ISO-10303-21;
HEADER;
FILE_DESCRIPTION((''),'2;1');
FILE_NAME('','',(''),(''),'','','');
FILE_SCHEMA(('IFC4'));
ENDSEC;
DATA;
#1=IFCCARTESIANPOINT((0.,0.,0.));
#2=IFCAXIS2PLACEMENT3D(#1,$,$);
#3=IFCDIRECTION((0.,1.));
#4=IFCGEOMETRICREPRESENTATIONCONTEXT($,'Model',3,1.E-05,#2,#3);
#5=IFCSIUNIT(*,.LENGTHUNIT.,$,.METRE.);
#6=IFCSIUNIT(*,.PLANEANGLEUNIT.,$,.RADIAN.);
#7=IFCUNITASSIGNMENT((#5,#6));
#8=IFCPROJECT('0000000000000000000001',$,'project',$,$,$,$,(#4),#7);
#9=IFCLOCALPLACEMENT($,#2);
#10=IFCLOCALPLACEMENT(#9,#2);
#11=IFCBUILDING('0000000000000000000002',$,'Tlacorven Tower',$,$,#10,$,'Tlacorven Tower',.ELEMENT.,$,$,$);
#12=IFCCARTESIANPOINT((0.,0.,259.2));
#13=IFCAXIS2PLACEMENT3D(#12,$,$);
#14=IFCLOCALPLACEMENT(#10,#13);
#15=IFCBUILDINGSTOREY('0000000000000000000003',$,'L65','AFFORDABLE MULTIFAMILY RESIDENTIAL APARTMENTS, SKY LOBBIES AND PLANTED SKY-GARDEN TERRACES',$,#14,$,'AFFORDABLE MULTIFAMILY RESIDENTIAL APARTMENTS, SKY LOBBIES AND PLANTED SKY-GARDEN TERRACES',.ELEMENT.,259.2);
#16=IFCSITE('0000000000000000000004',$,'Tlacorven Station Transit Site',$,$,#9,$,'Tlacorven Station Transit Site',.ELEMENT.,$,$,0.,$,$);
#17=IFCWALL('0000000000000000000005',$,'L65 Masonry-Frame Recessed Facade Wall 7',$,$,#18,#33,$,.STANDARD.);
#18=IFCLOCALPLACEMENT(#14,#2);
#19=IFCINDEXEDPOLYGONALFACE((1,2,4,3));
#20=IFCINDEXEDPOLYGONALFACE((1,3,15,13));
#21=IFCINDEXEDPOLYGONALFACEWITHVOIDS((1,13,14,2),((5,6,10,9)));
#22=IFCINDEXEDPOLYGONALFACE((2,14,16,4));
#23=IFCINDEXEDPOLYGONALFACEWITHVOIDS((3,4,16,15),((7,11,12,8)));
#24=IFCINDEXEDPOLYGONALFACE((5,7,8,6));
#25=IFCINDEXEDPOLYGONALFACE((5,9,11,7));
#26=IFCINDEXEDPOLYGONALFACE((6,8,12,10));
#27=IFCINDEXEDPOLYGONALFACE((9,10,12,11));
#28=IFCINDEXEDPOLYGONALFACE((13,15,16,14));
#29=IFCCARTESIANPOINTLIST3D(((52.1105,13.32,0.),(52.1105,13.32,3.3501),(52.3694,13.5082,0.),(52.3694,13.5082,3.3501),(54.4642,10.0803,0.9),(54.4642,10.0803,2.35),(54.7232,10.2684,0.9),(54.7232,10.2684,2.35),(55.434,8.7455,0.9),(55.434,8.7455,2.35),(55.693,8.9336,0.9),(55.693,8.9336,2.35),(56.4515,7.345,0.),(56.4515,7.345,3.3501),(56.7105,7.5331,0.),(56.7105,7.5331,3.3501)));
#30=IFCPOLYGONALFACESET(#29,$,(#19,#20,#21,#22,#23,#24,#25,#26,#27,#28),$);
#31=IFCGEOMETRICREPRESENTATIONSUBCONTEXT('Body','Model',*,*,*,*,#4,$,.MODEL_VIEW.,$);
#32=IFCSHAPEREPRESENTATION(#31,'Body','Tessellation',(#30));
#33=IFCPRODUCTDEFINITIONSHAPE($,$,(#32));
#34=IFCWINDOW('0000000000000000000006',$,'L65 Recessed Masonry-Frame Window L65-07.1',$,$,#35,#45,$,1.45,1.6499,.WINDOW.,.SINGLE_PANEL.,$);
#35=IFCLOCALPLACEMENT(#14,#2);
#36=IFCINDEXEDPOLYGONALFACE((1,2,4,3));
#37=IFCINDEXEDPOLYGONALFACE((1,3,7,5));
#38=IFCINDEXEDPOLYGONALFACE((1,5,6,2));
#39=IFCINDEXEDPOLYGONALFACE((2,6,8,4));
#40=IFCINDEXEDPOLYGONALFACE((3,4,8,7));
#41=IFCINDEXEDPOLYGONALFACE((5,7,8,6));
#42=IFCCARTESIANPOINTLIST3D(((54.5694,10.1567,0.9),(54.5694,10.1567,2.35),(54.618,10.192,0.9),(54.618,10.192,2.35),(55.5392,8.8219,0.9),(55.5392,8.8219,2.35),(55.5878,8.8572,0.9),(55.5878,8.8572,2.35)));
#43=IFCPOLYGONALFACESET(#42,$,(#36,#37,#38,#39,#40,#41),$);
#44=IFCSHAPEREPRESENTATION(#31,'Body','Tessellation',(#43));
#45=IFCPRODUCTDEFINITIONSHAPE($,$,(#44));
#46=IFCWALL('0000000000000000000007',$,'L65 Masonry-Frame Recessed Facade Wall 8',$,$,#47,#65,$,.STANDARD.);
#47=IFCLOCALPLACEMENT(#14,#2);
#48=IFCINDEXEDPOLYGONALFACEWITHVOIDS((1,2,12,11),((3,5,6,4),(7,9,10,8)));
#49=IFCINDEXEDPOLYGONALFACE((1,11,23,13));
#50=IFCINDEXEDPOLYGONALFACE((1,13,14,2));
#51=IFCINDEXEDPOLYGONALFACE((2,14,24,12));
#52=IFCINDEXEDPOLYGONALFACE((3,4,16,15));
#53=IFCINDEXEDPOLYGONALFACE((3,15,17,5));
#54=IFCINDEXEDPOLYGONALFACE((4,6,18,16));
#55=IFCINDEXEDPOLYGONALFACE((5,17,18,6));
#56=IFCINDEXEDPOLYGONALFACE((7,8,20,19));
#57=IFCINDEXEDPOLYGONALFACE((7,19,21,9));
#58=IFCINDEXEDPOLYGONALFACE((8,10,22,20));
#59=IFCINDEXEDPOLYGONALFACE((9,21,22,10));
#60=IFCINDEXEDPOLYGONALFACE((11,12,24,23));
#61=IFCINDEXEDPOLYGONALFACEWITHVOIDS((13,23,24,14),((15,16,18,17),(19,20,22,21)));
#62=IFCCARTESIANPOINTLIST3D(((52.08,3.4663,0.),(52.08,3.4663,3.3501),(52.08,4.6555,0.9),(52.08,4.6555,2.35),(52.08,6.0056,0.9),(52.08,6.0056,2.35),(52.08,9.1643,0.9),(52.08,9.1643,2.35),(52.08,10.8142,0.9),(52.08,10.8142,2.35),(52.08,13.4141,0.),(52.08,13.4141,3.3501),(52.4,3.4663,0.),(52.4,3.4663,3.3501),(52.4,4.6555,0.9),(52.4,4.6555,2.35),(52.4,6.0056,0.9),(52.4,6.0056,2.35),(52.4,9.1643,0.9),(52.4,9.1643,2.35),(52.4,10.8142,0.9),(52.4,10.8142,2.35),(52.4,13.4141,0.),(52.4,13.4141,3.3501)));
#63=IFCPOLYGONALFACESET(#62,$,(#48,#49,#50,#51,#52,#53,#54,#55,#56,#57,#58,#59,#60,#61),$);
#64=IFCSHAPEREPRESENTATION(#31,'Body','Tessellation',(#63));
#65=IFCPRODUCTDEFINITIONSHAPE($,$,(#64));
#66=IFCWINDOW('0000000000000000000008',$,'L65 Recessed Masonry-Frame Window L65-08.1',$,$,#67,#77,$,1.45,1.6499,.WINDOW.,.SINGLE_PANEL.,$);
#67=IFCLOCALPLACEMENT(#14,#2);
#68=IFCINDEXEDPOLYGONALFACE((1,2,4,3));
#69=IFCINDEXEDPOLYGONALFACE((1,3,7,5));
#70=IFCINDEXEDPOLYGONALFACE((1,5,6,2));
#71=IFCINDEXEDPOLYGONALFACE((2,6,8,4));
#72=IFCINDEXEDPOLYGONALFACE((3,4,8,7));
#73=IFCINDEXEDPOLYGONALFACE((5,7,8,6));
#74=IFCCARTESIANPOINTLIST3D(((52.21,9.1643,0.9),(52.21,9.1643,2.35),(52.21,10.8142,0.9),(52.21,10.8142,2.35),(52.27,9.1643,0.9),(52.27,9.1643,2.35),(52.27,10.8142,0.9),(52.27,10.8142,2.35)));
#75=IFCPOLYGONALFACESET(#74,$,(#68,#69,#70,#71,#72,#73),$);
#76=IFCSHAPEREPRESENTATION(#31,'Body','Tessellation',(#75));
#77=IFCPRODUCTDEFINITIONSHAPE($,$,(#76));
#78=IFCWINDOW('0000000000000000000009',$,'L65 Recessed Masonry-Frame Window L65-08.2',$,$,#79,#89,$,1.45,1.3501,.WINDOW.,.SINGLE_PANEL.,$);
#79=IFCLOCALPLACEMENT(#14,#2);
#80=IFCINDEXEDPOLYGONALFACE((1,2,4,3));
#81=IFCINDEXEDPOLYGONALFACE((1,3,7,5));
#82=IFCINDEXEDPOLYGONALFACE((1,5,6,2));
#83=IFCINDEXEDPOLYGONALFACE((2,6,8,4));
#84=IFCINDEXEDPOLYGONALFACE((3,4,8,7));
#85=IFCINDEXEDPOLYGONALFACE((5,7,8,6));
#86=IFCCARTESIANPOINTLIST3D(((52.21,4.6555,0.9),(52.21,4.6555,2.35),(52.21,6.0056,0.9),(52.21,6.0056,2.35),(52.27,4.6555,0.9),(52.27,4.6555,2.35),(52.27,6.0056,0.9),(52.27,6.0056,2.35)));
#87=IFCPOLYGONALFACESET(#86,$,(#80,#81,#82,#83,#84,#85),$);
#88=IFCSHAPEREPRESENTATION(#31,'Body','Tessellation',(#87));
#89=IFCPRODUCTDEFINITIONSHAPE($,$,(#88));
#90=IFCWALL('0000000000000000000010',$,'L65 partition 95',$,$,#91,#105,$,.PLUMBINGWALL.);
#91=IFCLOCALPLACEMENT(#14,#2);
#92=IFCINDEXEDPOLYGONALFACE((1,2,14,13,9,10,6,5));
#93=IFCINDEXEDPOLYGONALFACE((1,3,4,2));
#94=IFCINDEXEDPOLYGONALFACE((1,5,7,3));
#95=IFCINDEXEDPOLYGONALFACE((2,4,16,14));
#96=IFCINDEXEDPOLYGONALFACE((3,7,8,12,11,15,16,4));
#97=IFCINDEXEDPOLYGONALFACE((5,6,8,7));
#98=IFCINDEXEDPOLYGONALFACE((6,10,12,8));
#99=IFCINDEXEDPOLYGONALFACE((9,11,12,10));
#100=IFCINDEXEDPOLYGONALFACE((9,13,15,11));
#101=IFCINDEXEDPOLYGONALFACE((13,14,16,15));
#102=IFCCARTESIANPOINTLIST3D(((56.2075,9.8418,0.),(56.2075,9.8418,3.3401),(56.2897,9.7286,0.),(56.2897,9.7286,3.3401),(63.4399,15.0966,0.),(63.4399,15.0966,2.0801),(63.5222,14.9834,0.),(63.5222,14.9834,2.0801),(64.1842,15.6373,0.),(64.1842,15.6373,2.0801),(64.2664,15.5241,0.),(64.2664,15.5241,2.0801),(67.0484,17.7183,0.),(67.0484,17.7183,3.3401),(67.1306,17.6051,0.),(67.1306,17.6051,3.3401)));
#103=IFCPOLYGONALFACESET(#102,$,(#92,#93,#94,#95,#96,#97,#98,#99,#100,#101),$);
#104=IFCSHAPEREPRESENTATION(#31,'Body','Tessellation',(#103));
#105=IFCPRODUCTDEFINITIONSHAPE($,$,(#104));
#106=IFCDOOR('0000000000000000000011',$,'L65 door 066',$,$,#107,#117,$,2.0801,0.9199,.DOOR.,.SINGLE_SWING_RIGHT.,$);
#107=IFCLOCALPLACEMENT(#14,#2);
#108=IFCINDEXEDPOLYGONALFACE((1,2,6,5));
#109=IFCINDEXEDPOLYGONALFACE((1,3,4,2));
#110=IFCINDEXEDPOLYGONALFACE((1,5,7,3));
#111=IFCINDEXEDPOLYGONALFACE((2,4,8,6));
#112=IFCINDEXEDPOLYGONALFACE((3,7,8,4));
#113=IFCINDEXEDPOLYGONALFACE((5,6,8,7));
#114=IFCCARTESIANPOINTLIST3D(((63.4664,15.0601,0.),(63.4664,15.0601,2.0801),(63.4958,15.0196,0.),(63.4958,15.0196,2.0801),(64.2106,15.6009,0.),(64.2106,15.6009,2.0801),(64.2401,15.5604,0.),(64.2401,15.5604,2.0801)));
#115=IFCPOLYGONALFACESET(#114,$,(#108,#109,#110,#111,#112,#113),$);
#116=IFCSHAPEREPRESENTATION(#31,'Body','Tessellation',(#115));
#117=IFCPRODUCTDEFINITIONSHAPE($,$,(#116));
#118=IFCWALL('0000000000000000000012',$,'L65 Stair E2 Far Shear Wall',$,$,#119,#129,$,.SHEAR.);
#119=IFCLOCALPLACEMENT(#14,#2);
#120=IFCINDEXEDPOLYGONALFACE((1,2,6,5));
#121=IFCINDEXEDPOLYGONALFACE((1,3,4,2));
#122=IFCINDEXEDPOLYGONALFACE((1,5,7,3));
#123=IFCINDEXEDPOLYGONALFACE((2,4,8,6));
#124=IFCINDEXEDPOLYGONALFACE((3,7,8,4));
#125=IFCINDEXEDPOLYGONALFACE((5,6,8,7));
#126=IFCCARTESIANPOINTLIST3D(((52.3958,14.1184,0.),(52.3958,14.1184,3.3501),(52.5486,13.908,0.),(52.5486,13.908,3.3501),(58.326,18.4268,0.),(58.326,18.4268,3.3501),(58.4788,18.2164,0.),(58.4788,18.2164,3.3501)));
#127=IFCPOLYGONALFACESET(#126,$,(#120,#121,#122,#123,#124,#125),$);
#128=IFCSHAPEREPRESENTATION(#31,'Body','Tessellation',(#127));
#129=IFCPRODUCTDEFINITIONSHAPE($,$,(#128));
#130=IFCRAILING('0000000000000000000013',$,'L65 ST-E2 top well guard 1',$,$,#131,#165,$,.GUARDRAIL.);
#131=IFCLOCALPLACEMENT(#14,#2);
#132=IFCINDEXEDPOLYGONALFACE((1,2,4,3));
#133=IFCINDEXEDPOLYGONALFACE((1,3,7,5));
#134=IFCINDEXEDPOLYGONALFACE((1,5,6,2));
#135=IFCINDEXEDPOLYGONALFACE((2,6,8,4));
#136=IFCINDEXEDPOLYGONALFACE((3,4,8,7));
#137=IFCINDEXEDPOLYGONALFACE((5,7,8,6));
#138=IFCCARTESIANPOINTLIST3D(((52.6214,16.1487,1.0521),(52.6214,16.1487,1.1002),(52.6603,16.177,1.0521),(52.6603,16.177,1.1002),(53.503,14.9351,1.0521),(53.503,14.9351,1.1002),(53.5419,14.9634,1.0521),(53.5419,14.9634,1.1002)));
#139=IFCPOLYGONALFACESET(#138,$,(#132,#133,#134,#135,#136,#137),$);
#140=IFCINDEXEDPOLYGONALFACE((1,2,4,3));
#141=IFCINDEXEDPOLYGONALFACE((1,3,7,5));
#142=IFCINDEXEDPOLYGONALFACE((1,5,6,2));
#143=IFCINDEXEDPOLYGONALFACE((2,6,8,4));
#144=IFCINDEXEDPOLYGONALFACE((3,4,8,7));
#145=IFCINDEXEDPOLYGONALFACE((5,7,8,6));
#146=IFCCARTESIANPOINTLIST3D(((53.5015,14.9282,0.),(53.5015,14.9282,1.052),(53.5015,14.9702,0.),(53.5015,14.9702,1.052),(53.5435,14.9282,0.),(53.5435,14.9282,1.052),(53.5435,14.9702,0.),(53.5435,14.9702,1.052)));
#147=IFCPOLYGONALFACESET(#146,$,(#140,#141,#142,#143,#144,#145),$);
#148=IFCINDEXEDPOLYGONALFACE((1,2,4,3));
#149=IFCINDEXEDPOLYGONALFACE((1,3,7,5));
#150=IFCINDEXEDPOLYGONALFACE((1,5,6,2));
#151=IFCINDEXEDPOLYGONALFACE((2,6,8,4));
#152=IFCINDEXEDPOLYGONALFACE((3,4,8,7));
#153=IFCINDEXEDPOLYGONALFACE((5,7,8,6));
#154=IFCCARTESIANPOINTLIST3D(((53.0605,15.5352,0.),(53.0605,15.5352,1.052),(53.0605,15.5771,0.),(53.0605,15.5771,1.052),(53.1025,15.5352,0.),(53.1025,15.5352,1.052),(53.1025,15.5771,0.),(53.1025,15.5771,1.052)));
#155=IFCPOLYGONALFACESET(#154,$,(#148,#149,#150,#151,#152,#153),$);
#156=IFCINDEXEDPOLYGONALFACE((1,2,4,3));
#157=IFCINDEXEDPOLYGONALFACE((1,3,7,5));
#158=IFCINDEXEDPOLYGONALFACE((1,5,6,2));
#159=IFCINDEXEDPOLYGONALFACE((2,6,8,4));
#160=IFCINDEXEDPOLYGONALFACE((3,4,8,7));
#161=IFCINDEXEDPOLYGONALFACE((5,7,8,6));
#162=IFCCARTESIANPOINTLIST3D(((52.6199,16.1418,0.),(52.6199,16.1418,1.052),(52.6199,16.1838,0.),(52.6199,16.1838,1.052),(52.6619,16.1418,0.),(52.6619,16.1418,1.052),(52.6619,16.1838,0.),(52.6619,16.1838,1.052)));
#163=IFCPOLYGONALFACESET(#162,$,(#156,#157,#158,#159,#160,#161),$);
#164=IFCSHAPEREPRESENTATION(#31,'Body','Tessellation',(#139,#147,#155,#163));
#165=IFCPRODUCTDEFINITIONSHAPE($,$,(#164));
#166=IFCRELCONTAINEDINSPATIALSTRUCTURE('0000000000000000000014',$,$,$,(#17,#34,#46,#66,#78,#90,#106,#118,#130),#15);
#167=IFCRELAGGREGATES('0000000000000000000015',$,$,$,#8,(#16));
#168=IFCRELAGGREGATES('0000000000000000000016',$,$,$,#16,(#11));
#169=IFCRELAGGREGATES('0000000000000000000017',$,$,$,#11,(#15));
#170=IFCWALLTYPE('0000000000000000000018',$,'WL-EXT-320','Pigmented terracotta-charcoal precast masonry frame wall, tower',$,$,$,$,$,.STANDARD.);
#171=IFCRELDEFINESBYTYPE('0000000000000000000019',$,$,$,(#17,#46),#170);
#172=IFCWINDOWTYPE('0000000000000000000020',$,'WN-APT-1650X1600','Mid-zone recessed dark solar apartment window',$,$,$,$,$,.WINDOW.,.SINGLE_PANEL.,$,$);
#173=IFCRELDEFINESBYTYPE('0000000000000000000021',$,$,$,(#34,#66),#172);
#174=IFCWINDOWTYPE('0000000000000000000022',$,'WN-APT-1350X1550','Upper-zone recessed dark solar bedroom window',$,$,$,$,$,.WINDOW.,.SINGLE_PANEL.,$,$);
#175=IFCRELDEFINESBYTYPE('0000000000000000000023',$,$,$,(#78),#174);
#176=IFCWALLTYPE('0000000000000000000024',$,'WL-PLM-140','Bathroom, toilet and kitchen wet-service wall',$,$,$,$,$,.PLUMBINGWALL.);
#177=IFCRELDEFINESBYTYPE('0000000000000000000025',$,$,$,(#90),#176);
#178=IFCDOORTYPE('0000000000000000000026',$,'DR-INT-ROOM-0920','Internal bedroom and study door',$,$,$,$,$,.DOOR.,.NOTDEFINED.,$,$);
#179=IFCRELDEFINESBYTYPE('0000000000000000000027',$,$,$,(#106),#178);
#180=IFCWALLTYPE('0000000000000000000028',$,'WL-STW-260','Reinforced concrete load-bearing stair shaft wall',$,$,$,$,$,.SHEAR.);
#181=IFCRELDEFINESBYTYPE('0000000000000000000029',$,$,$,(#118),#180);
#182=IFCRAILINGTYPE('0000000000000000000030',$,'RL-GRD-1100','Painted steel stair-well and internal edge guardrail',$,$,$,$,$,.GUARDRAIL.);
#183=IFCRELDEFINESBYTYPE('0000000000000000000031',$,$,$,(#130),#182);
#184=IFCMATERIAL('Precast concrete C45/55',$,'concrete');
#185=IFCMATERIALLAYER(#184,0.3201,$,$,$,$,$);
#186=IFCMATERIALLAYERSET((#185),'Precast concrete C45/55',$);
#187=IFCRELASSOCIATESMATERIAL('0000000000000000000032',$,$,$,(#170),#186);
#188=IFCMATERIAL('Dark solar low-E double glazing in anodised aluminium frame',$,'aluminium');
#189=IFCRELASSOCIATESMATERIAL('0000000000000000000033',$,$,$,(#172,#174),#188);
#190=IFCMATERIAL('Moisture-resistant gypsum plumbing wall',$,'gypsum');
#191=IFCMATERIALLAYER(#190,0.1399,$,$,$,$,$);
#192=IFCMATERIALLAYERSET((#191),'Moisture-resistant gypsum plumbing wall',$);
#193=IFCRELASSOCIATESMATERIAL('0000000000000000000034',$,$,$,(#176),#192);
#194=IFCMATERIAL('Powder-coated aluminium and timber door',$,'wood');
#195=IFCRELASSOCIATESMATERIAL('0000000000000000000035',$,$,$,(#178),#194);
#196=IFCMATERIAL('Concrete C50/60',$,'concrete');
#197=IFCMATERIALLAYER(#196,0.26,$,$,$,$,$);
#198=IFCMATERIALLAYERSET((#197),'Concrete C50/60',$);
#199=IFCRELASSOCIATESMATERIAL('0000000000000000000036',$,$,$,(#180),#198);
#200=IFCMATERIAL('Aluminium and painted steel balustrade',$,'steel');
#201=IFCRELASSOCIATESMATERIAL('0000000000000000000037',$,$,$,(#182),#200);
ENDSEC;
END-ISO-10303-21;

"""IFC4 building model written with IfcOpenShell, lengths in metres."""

from ifc_helpers import new_model, si_unit, direction, frame, frame_2d, origin, origin_2d, place, context, subcontext, project, spatial, rectangle, extrude, source, transform, mapped, material, layer, layer_set, type_object, element, fill, save


model = new_model("IFC4")

# Units and contexts
model_context = context("Model", 3, precision=1e-05, world=origin(), true_north=direction((0.0, 1.0)))
body_context = subcontext(model_context, "Body", "Model", "MODEL_VIEW")
ifc_project = project(units=[si_unit("LENGTHUNIT", "METRE"), si_unit("PLANEANGLEUNIT", "RADIAN")], contexts=[model_context])

# Site, building, storey
site_placement = place(None, origin())
site = spatial("IfcSite", under=ifc_project, at=site_placement, Name="Tlacorven Station Transit Site", LongName="Tlacorven Station Transit Site", CompositionType="ELEMENT", RefElevation=0.0)
building_placement = place(site_placement, origin())
building = spatial("IfcBuilding", under=site, at=building_placement, Name="Tlacorven Tower", LongName="Tlacorven Tower", CompositionType="ELEMENT")
storey_placement = place(building_placement, frame((0.0, 0.0, 259.2)))
storey = spatial("IfcBuildingStorey", under=building, at=storey_placement, Name="L65", Description="AFFORDABLE MULTIFAMILY RESIDENTIAL APARTMENTS, SKY LOBBIES AND PLANTED SKY-GARDEN TERRACES", LongName="AFFORDABLE MULTIFAMILY RESIDENTIAL APARTMENTS, SKY LOBBIES AND PLANTED SKY-GARDEN TERRACES", CompositionType="ELEMENT", Elevation=259.2)

# Shared definitions
ifc_material_1 = material(Name="Concrete C50/60", Category="concrete")

# Wall, opening, window
ifc_material_2 = material(Name="Precast concrete C45/55", Category="concrete")
ifc_layer_1 = layer(ifc_material_2, 0.3201)
ifc_layer_set_1 = layer_set([ifc_layer_1], Name="Precast concrete C45/55")
wall_type_1 = type_object("IfcWallType", Name="WL-EXT-320", Description="Pigmented terracotta-charcoal precast masonry frame wall, tower", PredefinedType="STANDARD", material=ifc_layer_set_1)
wall_1_placement = place(storey_placement, frame((56.5811, 7.439, 0.0), z_axis=(0.0, 0.0, 1.0), x_axis=(-0.587777, 0.809023, 0.0)))
wall_1 = element("IfcWall", 1, at=wall_1_placement, inside=storey, type_object=wall_type_1, Name="L65 Masonry-Frame Recessed Facade Wall 7", PredefinedType="STANDARD", context=body_context, shape_type="SweptSolid", body=[
    extrude(rectangle(XDim=7.3855, YDim=0.3201, at=frame_2d((3.6929, 0.0))), origin(), (0.0, 0.0, 1.0), 3.3501),
])
opening_1_placement = place(wall_1_placement, frame((1.7312, 0.0, 0.8999)))
opening_1 = element("IfcOpeningElement", 2, at=opening_1_placement, cuts=wall_1, PredefinedType="OPENING", context=body_context, shape_type="SweptSolid", body=[
    extrude(rectangle(XDim=1.6499, YDim=1.45, at=frame_2d((0.825, 0.7251))), frame((0.0, 0.1699, 0.0), z_axis=(0.0, -1.0, 0.0), x_axis=(1.0, 0.0, 0.0)), (0.0, 0.0, 1.0), 0.3401),
])
ifc_material_3 = material(Name="Dark solar low-E double glazing in anodised aluminium frame", Category="aluminium")
window_type_1 = type_object("IfcWindowType", Name="WN-APT-1650X1600", Description="Mid-zone recessed dark solar apartment window", PartitioningType="SINGLE_PANEL", PredefinedType="WINDOW", material=ifc_material_3)
shared_shape_1 = source(origin(), body_context, "Body", "SweptSolid", [
    extrude(rectangle(XDim=1.6499, YDim=1.45, at=frame_2d((0.825, 0.7251))), frame((0.0, 0.03, 0.0), z_axis=(0.0, -1.0, 0.0), x_axis=(1.0, 0.0, 0.0)), (0.0, 0.0, 1.0), 0.0601),
])
window_1_placement = place(opening_1_placement, origin())
window_1 = element("IfcWindow", 3, at=window_1_placement, inside=storey, type_object=window_type_1, Name="L65 Recessed Masonry-Frame Window L65-07.1", OverallHeight=1.45, OverallWidth=1.6499, PartitioningType="SINGLE_PANEL", PredefinedType="WINDOW", context=body_context, shape_type="MappedRepresentation", body=[
    mapped(shared_shape_1, transform((0.0, 0.0, 0.0), scale=1.0)),
])
fill(opening_1, window_1)

# Wall, openings, windows
wall_2_placement = place(storey_placement, frame((52.24, 13.4141, 0.0), z_axis=(0.0, 0.0, 1.0), x_axis=(0.0, -1.0, 0.0)))
wall_2 = element("IfcWall", 4, at=wall_2_placement, inside=storey, type_object=wall_type_1, Name="L65 Masonry-Frame Recessed Facade Wall 8", PredefinedType="STANDARD", context=body_context, shape_type="SweptSolid", body=[
    extrude(rectangle(XDim=9.9478, YDim=0.3201, at=frame_2d((4.9739, 0.0))), origin(), (0.0, 0.0, 1.0), 3.3501),
])
opening_2_placement = place(wall_2_placement, frame((2.5999, 0.0, 0.8999)))
opening_2 = element("IfcOpeningElement", 5, at=opening_2_placement, cuts=wall_2, PredefinedType="OPENING", context=body_context, shape_type="SweptSolid", body=[
    extrude(rectangle(XDim=1.6499, YDim=1.45, at=frame_2d((0.825, 0.7251))), frame((0.0, 0.1699, 0.0), z_axis=(0.0, -1.0, 0.0), x_axis=(1.0, 0.0, 0.0)), (0.0, 0.0, 1.0), 0.3401),
])
opening_3_placement = place(wall_2_placement, frame((7.4084, 0.0, 0.8999)))
opening_3 = element("IfcOpeningElement", 6, at=opening_3_placement, cuts=wall_2, PredefinedType="OPENING", context=body_context, shape_type="SweptSolid", body=[
    extrude(rectangle(XDim=1.3501, YDim=1.45, at=frame_2d((0.675, 0.7251))), frame((0.0, 0.1699, 0.0), z_axis=(0.0, -1.0, 0.0), x_axis=(1.0, 0.0, 0.0)), (0.0, 0.0, 1.0), 0.3401),
])
window_2_placement = place(opening_2_placement, origin())
window_2 = element("IfcWindow", 7, at=window_2_placement, inside=storey, type_object=window_type_1, Name="L65 Recessed Masonry-Frame Window L65-08.1", OverallHeight=1.45, OverallWidth=1.6499, PartitioningType="SINGLE_PANEL", PredefinedType="WINDOW", context=body_context, shape_type="MappedRepresentation", body=[
    mapped(shared_shape_1, transform((0.0, 0.0, 0.0), scale=1.0)),
])
fill(opening_2, window_2)
window_type_2 = type_object("IfcWindowType", Name="WN-APT-1350X1550", Description="Upper-zone recessed dark solar bedroom window", PartitioningType="SINGLE_PANEL", PredefinedType="WINDOW", material=ifc_material_3)
shared_shape_2 = source(origin(), body_context, "Body", "SweptSolid", [
    extrude(rectangle(XDim=1.3501, YDim=1.45, at=frame_2d((0.675, 0.7251))), frame((0.0, 0.03, 0.0), z_axis=(0.0, -1.0, 0.0), x_axis=(1.0, 0.0, 0.0)), (0.0, 0.0, 1.0), 0.0601),
])
window_3_placement = place(opening_3_placement, origin())
window_3 = element("IfcWindow", 8, at=window_3_placement, inside=storey, type_object=window_type_2, Name="L65 Recessed Masonry-Frame Window L65-08.2", OverallHeight=1.45, OverallWidth=1.3501, PartitioningType="SINGLE_PANEL", PredefinedType="WINDOW", context=body_context, shape_type="MappedRepresentation", body=[
    mapped(shared_shape_2, transform((0.0, 0.0, 0.0), scale=1.0)),
])
fill(opening_3, window_3)

# Wall, opening, door
ifc_material_4 = material(Name="Moisture-resistant gypsum plumbing wall", Category="gypsum")
ifc_layer_2 = layer(ifc_material_4, 0.1399)
ifc_layer_set_2 = layer_set([ifc_layer_2], Name="Moisture-resistant gypsum plumbing wall")
wall_type_2 = type_object("IfcWallType", Name="WL-PLM-140", Description="Bathroom, toilet and kitchen wet-service wall", PredefinedType="PLUMBINGWALL", material=ifc_layer_set_2)
wall_3_placement = place(storey_placement, frame((56.2485, 9.7852, 0.0), z_axis=(0.0, 0.0, 1.0), x_axis=(0.809012, 0.587792, 0.0)))
wall_3 = element("IfcWall", 9, at=wall_3_placement, inside=storey, type_object=wall_type_2, Name="L65 partition 95", PredefinedType="PLUMBINGWALL", context=body_context, shape_type="SweptSolid", body=[
    extrude(rectangle(XDim=13.4001, YDim=0.1399, at=frame_2d((6.7002, 0.0))), origin(), (0.0, 0.0, 1.0), 3.3401),
])
opening_4_placement = place(wall_3_placement, frame((8.9399, 0.0, 0.0)))
opening_4 = element("IfcOpeningElement", 10, at=opening_4_placement, cuts=wall_3, PredefinedType="OPENING", context=body_context, shape_type="SweptSolid", body=[
    extrude(rectangle(XDim=0.9199, YDim=2.0801, at=frame_2d((0.46, 1.04))), frame((0.0, 0.0801, 0.0), z_axis=(0.0, -1.0, 0.0), x_axis=(1.0, 0.0, 0.0)), (0.0, 0.0, 1.0), 0.1599),
])
ifc_material_5 = material(Name="Powder-coated aluminium and timber door", Category="wood")
door_type_1 = type_object("IfcDoorType", Name="DR-INT-ROOM-0920", Description="Internal bedroom and study door", OperationType="NOTDEFINED", PredefinedType="DOOR", material=ifc_material_5)
shared_shape_3 = source(origin(), body_context, "Body", "SweptSolid", [
    extrude(rectangle(XDim=0.9199, YDim=2.0801, at=frame_2d((0.46, 1.04))), frame((0.0, 0.0249, 0.0), z_axis=(0.0, -1.0, 0.0), x_axis=(1.0, 0.0, 0.0)), (0.0, 0.0, 1.0), 0.05),
])
door_1_placement = place(opening_4_placement, origin())
door_1 = element("IfcDoor", 11, at=door_1_placement, inside=storey, type_object=door_type_1, Name="L65 door 066", OperationType="SINGLE_SWING_RIGHT", OverallHeight=2.0801, OverallWidth=0.9199, PredefinedType="DOOR", context=body_context, shape_type="MappedRepresentation", body=[
    mapped(shared_shape_3, transform((0.0, 0.0, 0.0), scale=1.0)),
])
fill(opening_4, door_1)

# Wall
ifc_layer_3 = layer(ifc_material_1, 0.26)
ifc_layer_set_3 = layer_set([ifc_layer_3], Name="Concrete C50/60")
wall_type_3 = type_object("IfcWallType", Name="WL-STW-260", Description="Reinforced concrete load-bearing stair shaft wall", PredefinedType="SHEAR", material=ifc_layer_set_3)
wall_4_placement = place(storey_placement, frame((52.4722, 14.0132, 0.0), z_axis=(0.0, 0.0, 1.0), x_axis=(0.809028, 0.58777, 0.0)))
element("IfcWall", 12, at=wall_4_placement, inside=storey, type_object=wall_type_3, Name="L65 Stair E2 Far Shear Wall", PredefinedType="SHEAR", context=body_context, shape_type="SweptSolid", body=[
    extrude(rectangle(XDim=7.3301, YDim=0.26, at=frame_2d((3.665, 0.0))), origin(), (0.0, 0.0, 1.0), 3.3501),
])

# Railing
ifc_material_6 = material(Name="Aluminium and painted steel balustrade", Category="steel")
railing_type = type_object("IfcRailingType", Name="RL-GRD-1100", Description="Painted steel stair-well and internal edge guardrail", PredefinedType="GUARDRAIL", material=ifc_material_6)
shared_shape_4 = source(origin(), body_context, "Body", "SweptSolid", [
    extrude(rectangle(XDim=0.0481, YDim=0.0481, at=origin_2d()), frame((0.0, 0.0, 1.0762), z_axis=(-0.587717, 0.809067, 0.0), x_axis=(-0.809067, -0.587717, 0.0)), (0.0, 0.0, 1.0), 1.5),
    extrude(rectangle(XDim=0.042, YDim=0.042, at=origin_2d()), origin(), (0.0, 0.0, 1.0), 1.052),
    extrude(rectangle(XDim=0.042, YDim=0.042, at=origin_2d()), frame((-0.4409, 0.6069, 0.0)), (0.0, 0.0, 1.0), 1.052),
    extrude(rectangle(XDim=0.042, YDim=0.042, at=origin_2d()), frame((-0.8816, 1.2136, 0.0)), (0.0, 0.0, 1.0), 1.052),
])
railing_placement = place(storey_placement, frame((53.5225, 14.9492, 0.0)))
element("IfcRailing", 13, at=railing_placement, inside=storey, type_object=railing_type, Name="L65 ST-E2 top well guard 1", PredefinedType="GUARDRAIL", context=body_context, shape_type="MappedRepresentation", body=[
    mapped(shared_shape_4, transform((0.0, 0.0, 0.0), scale=1.0)),
])

save(model, "model.ifc")
